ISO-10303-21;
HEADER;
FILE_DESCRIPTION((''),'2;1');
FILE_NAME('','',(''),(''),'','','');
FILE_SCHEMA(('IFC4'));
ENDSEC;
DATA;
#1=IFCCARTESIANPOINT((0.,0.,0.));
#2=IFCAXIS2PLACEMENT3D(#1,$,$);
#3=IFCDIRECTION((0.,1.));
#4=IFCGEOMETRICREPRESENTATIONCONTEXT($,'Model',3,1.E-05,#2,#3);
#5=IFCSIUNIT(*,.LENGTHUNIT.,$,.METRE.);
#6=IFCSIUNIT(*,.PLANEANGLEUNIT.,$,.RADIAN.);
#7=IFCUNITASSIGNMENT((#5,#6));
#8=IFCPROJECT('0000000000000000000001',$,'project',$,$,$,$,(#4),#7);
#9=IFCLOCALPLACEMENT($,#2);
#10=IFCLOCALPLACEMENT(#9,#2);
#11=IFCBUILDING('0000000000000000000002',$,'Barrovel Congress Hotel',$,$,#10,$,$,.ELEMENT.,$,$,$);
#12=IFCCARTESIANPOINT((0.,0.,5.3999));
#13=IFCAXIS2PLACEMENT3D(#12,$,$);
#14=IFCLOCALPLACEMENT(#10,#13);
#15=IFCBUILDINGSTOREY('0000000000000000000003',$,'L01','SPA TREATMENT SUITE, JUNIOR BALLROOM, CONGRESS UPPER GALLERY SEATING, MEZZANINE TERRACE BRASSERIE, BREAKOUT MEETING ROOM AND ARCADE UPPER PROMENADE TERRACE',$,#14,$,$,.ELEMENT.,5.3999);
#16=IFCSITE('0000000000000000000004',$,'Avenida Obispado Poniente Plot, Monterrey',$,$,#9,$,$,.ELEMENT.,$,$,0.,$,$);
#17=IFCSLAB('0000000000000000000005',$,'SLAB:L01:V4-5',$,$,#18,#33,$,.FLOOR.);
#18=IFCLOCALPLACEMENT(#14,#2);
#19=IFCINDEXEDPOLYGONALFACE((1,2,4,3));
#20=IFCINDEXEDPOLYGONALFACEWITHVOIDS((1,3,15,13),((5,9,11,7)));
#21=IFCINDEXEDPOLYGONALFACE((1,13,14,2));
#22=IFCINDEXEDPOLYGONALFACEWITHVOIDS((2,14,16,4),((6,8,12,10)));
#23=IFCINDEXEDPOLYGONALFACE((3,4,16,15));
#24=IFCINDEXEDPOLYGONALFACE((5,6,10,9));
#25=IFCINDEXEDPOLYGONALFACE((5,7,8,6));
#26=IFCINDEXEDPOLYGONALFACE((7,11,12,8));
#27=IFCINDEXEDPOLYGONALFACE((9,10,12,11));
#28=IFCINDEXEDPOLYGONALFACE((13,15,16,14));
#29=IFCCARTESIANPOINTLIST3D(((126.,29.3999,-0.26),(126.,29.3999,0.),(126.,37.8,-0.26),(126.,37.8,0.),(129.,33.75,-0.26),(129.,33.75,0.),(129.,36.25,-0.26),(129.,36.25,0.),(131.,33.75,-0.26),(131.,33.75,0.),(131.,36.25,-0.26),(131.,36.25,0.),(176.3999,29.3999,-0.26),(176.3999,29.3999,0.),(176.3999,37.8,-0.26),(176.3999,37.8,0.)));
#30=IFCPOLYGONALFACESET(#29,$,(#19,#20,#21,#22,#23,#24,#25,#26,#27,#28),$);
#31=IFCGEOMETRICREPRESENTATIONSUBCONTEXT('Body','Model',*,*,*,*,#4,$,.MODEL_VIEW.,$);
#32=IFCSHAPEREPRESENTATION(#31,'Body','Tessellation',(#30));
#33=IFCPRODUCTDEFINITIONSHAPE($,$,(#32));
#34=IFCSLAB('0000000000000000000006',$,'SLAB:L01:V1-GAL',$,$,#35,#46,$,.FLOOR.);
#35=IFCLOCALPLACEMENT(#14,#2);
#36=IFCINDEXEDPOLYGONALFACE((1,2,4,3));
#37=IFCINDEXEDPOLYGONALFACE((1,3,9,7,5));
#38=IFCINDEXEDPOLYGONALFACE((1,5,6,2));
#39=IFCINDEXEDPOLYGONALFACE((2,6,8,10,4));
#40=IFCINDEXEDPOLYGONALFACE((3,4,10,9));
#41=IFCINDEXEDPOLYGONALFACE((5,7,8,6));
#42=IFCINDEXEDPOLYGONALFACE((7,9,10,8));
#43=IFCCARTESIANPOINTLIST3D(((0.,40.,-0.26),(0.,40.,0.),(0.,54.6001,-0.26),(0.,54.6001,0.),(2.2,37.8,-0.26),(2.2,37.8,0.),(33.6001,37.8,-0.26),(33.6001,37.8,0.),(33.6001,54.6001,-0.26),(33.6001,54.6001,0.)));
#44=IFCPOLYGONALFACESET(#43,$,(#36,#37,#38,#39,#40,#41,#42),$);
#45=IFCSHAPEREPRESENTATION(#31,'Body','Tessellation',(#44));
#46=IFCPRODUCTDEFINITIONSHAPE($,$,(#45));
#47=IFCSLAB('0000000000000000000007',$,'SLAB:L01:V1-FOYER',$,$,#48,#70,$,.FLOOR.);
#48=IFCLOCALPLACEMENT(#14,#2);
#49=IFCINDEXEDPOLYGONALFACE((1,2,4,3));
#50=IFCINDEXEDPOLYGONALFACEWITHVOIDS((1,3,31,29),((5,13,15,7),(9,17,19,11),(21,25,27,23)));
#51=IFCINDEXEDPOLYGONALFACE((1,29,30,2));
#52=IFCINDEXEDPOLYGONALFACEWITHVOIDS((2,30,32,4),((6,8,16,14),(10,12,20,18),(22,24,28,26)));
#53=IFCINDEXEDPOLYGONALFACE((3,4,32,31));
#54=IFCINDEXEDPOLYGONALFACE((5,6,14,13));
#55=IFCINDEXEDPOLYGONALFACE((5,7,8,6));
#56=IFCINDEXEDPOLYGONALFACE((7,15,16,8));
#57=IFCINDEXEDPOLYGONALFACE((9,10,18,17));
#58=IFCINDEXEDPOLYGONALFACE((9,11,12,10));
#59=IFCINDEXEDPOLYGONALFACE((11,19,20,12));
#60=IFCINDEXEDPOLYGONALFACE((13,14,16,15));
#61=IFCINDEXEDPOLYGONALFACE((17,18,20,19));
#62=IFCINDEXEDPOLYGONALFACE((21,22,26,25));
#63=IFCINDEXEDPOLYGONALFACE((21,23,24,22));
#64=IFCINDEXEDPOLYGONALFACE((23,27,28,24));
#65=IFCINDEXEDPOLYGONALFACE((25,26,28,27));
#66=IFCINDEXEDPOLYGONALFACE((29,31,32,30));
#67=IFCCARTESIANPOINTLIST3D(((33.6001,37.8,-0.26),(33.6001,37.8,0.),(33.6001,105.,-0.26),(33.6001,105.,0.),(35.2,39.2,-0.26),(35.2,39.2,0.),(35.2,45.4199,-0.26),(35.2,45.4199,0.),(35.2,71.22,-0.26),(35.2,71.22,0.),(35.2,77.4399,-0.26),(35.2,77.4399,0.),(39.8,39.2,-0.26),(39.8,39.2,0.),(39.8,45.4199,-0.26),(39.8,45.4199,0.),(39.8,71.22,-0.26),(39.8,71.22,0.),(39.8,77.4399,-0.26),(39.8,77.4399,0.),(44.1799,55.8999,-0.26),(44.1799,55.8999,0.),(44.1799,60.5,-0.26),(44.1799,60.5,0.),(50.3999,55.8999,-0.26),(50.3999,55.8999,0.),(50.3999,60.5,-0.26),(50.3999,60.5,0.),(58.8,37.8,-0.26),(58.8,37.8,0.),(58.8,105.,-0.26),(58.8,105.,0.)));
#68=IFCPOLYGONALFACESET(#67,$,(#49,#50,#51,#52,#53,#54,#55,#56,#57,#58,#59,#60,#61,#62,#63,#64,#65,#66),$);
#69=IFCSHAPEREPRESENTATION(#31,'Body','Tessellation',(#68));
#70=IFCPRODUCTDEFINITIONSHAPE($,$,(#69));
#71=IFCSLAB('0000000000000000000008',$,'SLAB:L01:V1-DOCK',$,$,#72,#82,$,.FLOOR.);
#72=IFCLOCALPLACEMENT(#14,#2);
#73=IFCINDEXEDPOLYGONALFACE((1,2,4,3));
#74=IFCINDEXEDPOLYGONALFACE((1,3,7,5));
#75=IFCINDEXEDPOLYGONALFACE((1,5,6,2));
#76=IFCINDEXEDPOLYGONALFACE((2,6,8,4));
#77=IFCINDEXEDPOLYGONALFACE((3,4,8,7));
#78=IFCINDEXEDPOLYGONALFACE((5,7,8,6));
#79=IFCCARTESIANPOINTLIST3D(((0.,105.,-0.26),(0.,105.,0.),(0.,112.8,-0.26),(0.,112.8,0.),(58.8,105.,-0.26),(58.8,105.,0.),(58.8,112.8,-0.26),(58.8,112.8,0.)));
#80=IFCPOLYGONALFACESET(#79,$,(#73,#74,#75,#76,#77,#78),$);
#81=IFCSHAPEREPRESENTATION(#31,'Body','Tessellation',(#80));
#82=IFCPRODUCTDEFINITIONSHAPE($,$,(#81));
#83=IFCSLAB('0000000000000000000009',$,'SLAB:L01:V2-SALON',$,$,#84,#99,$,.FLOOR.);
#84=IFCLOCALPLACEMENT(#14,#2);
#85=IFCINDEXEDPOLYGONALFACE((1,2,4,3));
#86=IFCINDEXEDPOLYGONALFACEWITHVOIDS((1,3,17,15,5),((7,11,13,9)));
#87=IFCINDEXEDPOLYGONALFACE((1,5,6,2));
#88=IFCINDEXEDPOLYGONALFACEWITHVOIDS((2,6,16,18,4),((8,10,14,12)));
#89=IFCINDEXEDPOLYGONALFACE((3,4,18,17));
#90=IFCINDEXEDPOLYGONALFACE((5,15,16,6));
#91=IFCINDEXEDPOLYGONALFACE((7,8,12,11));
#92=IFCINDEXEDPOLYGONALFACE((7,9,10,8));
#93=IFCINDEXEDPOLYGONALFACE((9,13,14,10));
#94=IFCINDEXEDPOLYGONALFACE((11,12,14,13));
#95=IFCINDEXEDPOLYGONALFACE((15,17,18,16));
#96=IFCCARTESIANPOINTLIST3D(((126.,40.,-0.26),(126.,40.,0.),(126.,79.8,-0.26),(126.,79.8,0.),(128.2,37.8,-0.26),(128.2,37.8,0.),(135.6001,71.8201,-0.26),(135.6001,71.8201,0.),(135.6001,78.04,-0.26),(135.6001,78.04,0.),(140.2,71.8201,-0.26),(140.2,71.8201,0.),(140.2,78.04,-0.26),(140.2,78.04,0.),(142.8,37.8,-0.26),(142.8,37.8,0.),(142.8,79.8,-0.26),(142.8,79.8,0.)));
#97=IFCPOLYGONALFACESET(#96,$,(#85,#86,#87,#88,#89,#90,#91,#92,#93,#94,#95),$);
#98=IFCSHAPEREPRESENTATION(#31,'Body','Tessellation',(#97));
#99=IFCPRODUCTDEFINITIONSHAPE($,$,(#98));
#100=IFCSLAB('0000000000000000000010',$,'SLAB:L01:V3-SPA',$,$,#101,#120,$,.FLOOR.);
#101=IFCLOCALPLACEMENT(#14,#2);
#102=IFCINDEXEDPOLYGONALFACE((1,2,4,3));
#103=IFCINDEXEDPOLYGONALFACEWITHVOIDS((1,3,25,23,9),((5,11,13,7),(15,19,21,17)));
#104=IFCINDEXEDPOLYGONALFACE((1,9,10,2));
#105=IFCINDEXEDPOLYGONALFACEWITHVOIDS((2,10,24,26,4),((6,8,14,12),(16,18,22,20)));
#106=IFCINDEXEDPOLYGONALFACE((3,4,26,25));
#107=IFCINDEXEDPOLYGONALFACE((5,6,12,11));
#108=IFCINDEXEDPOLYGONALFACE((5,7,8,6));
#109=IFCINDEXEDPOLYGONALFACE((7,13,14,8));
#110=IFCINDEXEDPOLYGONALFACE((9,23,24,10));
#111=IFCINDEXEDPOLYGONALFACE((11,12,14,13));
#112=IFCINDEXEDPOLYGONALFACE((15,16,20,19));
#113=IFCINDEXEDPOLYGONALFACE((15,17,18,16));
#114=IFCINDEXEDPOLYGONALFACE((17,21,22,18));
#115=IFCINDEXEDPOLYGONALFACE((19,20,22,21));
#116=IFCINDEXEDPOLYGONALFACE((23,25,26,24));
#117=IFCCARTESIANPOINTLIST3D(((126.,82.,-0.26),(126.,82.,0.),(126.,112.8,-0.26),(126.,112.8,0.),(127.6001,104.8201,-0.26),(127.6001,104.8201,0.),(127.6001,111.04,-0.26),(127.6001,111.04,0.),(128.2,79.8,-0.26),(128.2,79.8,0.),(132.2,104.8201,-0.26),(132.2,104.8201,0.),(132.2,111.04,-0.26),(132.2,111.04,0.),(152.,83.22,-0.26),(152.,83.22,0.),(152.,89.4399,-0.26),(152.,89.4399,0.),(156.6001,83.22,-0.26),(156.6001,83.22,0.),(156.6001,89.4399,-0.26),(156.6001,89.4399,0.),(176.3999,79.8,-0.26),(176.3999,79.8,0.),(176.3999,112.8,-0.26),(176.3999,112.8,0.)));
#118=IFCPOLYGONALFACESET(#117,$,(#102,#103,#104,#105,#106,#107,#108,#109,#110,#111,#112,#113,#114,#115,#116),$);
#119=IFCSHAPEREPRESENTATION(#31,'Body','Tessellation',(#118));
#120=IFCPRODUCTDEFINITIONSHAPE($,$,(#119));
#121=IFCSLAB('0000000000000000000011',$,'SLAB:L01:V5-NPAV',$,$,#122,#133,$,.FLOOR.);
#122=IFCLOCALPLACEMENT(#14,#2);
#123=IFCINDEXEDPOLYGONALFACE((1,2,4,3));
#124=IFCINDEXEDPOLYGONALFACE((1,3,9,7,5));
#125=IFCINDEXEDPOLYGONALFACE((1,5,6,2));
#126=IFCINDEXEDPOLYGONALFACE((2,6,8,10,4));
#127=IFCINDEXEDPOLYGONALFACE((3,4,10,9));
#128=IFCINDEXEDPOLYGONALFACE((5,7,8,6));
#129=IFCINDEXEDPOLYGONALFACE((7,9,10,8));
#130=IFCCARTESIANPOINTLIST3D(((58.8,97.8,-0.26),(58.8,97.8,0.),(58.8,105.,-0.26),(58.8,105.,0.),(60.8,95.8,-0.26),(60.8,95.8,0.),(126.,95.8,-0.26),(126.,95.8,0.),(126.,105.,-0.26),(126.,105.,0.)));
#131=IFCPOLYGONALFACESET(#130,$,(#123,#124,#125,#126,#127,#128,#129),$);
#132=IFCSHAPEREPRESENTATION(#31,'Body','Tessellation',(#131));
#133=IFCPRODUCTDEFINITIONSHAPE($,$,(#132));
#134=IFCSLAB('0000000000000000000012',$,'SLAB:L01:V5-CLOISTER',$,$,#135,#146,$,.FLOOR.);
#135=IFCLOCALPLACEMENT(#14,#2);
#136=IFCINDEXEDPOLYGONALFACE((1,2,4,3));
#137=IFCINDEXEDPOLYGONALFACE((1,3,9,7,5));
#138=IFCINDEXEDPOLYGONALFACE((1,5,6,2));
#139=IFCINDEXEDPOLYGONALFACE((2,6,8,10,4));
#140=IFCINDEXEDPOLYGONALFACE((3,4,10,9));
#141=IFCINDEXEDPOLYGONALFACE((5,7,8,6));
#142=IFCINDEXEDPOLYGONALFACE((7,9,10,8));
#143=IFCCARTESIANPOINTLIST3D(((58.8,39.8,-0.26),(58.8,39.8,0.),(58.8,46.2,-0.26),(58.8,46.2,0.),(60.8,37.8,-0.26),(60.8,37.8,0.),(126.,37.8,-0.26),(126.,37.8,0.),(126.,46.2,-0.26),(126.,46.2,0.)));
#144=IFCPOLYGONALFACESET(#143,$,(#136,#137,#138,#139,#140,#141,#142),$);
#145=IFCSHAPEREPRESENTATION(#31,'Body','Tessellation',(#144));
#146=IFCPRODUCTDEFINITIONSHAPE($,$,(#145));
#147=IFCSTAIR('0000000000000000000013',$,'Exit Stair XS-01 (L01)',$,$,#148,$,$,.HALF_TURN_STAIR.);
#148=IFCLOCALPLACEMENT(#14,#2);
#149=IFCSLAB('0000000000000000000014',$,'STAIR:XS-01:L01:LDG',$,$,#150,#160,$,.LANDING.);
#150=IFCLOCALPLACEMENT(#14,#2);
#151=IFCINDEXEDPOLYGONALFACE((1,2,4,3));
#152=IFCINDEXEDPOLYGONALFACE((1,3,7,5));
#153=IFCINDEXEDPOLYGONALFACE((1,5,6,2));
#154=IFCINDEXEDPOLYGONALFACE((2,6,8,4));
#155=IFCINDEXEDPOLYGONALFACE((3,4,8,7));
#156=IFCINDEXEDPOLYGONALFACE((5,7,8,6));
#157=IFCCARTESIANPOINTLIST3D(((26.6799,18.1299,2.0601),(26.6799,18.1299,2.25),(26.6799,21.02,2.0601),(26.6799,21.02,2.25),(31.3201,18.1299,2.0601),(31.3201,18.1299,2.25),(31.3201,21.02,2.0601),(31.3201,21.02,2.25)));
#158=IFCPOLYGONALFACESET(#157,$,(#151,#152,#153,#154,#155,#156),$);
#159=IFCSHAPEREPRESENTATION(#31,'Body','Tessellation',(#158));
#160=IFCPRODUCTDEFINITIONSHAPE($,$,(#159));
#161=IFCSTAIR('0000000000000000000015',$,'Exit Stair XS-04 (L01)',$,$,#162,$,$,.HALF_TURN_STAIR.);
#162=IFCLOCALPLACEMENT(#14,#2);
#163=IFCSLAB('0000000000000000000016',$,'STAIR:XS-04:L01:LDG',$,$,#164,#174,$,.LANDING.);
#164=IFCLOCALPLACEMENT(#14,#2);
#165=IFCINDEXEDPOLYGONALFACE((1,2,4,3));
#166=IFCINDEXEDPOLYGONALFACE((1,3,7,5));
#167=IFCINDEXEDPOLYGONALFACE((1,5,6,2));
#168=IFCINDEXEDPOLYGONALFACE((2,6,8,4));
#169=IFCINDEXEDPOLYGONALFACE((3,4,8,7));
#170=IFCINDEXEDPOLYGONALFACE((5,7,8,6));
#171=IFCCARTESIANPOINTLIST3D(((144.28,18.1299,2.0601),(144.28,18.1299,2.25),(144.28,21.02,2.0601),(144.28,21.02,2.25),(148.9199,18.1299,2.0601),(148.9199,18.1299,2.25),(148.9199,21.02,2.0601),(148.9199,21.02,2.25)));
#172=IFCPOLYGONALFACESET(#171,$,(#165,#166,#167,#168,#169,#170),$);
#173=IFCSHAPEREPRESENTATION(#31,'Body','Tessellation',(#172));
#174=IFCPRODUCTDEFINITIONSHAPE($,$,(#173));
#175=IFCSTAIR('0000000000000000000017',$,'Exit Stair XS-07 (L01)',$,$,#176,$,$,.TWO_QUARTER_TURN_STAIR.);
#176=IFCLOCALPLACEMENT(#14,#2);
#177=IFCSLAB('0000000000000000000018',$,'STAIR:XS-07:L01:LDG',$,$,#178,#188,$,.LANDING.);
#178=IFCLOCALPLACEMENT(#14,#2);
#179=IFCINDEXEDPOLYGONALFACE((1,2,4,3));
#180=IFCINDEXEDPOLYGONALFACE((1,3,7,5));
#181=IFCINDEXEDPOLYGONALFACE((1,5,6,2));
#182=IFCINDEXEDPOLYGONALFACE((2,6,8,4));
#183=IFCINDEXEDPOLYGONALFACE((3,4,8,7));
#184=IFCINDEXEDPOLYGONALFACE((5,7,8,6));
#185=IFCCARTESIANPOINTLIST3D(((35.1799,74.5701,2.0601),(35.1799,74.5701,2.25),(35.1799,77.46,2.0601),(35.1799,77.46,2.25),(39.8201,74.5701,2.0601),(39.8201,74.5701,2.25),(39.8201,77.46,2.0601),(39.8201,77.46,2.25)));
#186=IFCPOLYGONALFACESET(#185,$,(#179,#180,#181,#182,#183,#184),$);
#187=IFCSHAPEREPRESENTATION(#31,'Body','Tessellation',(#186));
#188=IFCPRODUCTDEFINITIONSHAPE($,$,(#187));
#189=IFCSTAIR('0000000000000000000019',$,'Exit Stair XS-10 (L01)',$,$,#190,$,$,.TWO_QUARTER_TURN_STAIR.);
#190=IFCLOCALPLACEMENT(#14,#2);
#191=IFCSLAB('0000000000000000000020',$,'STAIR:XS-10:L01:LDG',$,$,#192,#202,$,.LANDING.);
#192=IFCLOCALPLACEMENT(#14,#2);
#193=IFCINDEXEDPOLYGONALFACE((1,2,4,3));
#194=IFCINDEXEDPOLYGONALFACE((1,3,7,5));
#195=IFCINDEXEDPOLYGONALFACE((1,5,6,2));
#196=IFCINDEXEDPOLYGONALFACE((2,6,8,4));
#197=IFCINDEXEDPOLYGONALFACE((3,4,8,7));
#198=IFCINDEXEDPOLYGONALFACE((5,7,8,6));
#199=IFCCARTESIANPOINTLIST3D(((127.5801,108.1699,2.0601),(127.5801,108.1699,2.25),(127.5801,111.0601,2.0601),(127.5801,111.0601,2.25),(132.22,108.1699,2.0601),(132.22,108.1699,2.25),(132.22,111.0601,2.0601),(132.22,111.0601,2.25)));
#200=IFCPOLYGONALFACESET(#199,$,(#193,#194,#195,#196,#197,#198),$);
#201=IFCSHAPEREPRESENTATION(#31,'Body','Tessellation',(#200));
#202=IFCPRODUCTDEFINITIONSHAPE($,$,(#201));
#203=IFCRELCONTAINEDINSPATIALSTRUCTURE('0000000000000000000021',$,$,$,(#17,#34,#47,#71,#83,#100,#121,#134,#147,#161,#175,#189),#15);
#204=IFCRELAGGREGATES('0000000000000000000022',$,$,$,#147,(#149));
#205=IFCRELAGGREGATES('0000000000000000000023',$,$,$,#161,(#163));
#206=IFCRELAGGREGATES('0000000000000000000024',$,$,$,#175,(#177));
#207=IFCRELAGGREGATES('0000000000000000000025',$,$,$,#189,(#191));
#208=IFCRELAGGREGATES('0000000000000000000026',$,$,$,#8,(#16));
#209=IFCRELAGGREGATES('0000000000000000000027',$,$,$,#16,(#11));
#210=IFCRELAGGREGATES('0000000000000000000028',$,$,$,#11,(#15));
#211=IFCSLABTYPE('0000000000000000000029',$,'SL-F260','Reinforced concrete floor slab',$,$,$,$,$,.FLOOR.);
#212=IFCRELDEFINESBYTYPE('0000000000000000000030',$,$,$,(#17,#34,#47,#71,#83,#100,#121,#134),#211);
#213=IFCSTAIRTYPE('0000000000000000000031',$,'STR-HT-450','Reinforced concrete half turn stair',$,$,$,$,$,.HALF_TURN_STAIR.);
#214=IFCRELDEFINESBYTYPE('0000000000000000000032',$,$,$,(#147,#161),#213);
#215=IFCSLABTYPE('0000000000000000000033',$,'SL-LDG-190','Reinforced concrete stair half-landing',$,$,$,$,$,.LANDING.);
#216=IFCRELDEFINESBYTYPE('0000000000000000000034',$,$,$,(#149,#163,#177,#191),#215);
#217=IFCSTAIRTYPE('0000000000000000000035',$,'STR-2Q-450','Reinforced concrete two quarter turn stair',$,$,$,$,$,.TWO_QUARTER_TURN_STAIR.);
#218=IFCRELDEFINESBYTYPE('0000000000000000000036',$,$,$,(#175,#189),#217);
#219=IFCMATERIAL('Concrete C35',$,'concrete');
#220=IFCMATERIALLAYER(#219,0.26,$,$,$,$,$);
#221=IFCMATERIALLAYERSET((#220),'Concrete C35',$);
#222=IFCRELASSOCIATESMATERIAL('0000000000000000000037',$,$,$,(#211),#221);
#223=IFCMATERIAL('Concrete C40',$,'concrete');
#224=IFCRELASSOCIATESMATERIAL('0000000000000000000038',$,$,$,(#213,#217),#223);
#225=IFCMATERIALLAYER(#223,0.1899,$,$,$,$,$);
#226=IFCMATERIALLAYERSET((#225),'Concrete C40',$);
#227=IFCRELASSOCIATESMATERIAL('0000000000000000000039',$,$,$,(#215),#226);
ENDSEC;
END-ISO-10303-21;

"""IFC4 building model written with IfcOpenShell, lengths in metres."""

from ifc_helpers import new_model, si_unit, direction, frame, origin, place, context, subcontext, project, spatial, polyline, outline, extrude, material, layer, layer_set, type_object, element, aggregate, save


model = new_model("IFC4")

# Units and contexts
model_context = context("Model", 3, precision=1e-05, world=origin(), true_north=direction((0.0, 1.0)))
body_context = subcontext(model_context, "Body", "Model", "MODEL_VIEW")
ifc_project = project(units=[si_unit("LENGTHUNIT", "METRE"), si_unit("PLANEANGLEUNIT", "RADIAN")], contexts=[model_context])

# Site, building, storey
site_placement = place(None, origin())
site = spatial("IfcSite", under=ifc_project, at=site_placement, Name="Avenida Obispado Poniente Plot, Monterrey", CompositionType="ELEMENT", RefElevation=0.0)
building_placement = place(site_placement, origin())
building = spatial("IfcBuilding", under=site, at=building_placement, Name="Barrovel Congress Hotel", CompositionType="ELEMENT")
storey_placement = place(building_placement, frame((0.0, 0.0, 5.3999)))
storey = spatial("IfcBuildingStorey", under=building, at=storey_placement, Name="L01", Description="SPA TREATMENT SUITE, JUNIOR BALLROOM, CONGRESS UPPER GALLERY SEATING, MEZZANINE TERRACE BRASSERIE, BREAKOUT MEETING ROOM AND ARCADE UPPER PROMENADE TERRACE", CompositionType="ELEMENT", Elevation=5.3999)

# Slabs
ifc_material_1 = material(Name="Concrete C35", Category="concrete")
ifc_layer_1 = layer(ifc_material_1, 0.26)
ifc_layer_set_1 = layer_set([ifc_layer_1], Name="Concrete C35")
slab_type_1 = type_object("IfcSlabType", Name="SL-F260", Description="Reinforced concrete floor slab", PredefinedType="FLOOR", material=ifc_layer_set_1)
slab_1_placement = place(storey_placement, frame((0.0, 0.0, -0.26)))
element("IfcSlab", 1, at=slab_1_placement, inside=storey, type_object=slab_type_1, Name="SLAB:L01:V4-5", PredefinedType="FLOOR", context=body_context, shape_type="SweptSolid", body=[
    extrude(outline(polyline([(126.0, 29.3999), (176.3999, 29.3999), (176.3999, 37.8), (126.0, 37.8), (126.0, 29.3999)]), holes=[polyline([(129.0, 33.75), (129.0, 36.25), (131.0, 36.25), (131.0, 33.75), (129.0, 33.75)])]), origin(), (0.0, 0.0, 1.0), 0.26),
])
slab_2_placement = place(storey_placement, frame((0.0, 0.0, -0.26)))
element("IfcSlab", 2, at=slab_2_placement, inside=storey, type_object=slab_type_1, Name="SLAB:L01:V1-GAL", PredefinedType="FLOOR", context=body_context, shape_type="SweptSolid", body=[
    extrude(outline(polyline([(2.2, 37.8), (33.6001, 37.8), (33.6001, 54.6001), (0.0, 54.6001), (0.0, 40.0), (2.2, 37.8)])), origin(), (0.0, 0.0, 1.0), 0.26),
])
slab_3_placement = place(storey_placement, frame((0.0, 0.0, -0.26)))
element("IfcSlab", 3, at=slab_3_placement, inside=storey, type_object=slab_type_1, Name="SLAB:L01:V1-FOYER", PredefinedType="FLOOR", context=body_context, shape_type="SweptSolid", body=[
    extrude(outline(polyline([(33.6001, 37.8), (58.8, 37.8), (58.8, 105.0), (33.6001, 105.0), (33.6001, 37.8)]), holes=[polyline([(44.1799, 55.8999), (44.1799, 60.5), (50.3999, 60.5), (50.3999, 55.8999), (44.1799, 55.8999)]), polyline([(35.2, 71.22), (35.2, 77.4399), (39.8, 77.4399), (39.8, 71.22), (35.2, 71.22)]), polyline([(35.2, 39.2), (35.2, 45.4199), (39.8, 45.4199), (39.8, 39.2), (35.2, 39.2)])]), origin(), (0.0, 0.0, 1.0), 0.26),
])
slab_4_placement = place(storey_placement, frame((0.0, 0.0, -0.26)))
element("IfcSlab", 4, at=slab_4_placement, inside=storey, type_object=slab_type_1, Name="SLAB:L01:V1-DOCK", PredefinedType="FLOOR", context=body_context, shape_type="SweptSolid", body=[
    extrude(outline(polyline([(0.0, 105.0), (58.8, 105.0), (58.8, 112.8), (0.0, 112.8), (0.0, 105.0)])), origin(), (0.0, 0.0, 1.0), 0.26),
])
slab_5_placement = place(storey_placement, frame((0.0, 0.0, -0.26)))
element("IfcSlab", 5, at=slab_5_placement, inside=storey, type_object=slab_type_1, Name="SLAB:L01:V2-SALON", PredefinedType="FLOOR", context=body_context, shape_type="SweptSolid", body=[
    extrude(outline(polyline([(128.2, 37.8), (142.8, 37.8), (142.8, 79.8), (126.0, 79.8), (126.0, 40.0), (128.2, 37.8)]), holes=[polyline([(135.6001, 71.8201), (135.6001, 78.04), (140.2, 78.04), (140.2, 71.8201), (135.6001, 71.8201)])]), origin(), (0.0, 0.0, 1.0), 0.26),
])
slab_6_placement = place(storey_placement, frame((0.0, 0.0, -0.26)))
element("IfcSlab", 6, at=slab_6_placement, inside=storey, type_object=slab_type_1, Name="SLAB:L01:V3-SPA", PredefinedType="FLOOR", context=body_context, shape_type="SweptSolid", body=[
    extrude(outline(polyline([(128.2, 79.8), (176.3999, 79.8), (176.3999, 112.8), (126.0, 112.8), (126.0, 82.0), (128.2, 79.8)]), holes=[polyline([(152.0, 83.22), (152.0, 89.4399), (156.6001, 89.4399), (156.6001, 83.22), (152.0, 83.22)]), polyline([(127.6001, 104.8201), (127.6001, 111.04), (132.2, 111.04), (132.2, 104.8201), (127.6001, 104.8201)])]), origin(), (0.0, 0.0, 1.0), 0.26),
])
slab_7_placement = place(storey_placement, frame((0.0, 0.0, -0.26)))
element("IfcSlab", 7, at=slab_7_placement, inside=storey, type_object=slab_type_1, Name="SLAB:L01:V5-NPAV", PredefinedType="FLOOR", context=body_context, shape_type="SweptSolid", body=[
    extrude(outline(polyline([(60.8, 95.8), (126.0, 95.8), (126.0, 105.0), (58.8, 105.0), (58.8, 97.8), (60.8, 95.8)])), origin(), (0.0, 0.0, 1.0), 0.26),
])
slab_8_placement = place(storey_placement, frame((0.0, 0.0, -0.26)))
element("IfcSlab", 8, at=slab_8_placement, inside=storey, type_object=slab_type_1, Name="SLAB:L01:V5-CLOISTER", PredefinedType="FLOOR", context=body_context, shape_type="SweptSolid", body=[
    extrude(outline(polyline([(60.8, 37.8), (126.0, 37.8), (126.0, 46.2), (58.8, 46.2), (58.8, 39.8), (60.8, 37.8)])), origin(), (0.0, 0.0, 1.0), 0.26),
])

# Stairs, slabs
ifc_material_2 = material(Name="Concrete C40", Category="concrete")
stair_type_1 = type_object("IfcStairType", Name="STR-HT-450", Description="Reinforced concrete half turn stair", PredefinedType="HALF_TURN_STAIR", material=ifc_material_2)
stair_1_placement = place(storey_placement, origin())
stair_1 = element("IfcStair", 9, at=stair_1_placement, inside=storey, type_object=stair_type_1, Name="Exit Stair XS-01 (L01)", PredefinedType="HALF_TURN_STAIR")
ifc_layer_2 = layer(ifc_material_2, 0.1899)
ifc_layer_set_2 = layer_set([ifc_layer_2], Name="Concrete C40")
slab_type_2 = type_object("IfcSlabType", Name="SL-LDG-190", Description="Reinforced concrete stair half-landing", PredefinedType="LANDING", material=ifc_layer_set_2)
slab_9_placement = place(storey_placement, frame((0.0, 0.0, 2.0601)))
slab_9 = element("IfcSlab", 10, at=slab_9_placement, type_object=slab_type_2, Name="STAIR:XS-01:L01:LDG", PredefinedType="LANDING", context=body_context, shape_type="SweptSolid", body=[
    extrude(outline(polyline([(26.6799, 18.1299), (31.3201, 18.1299), (31.3201, 21.02), (26.6799, 21.02), (26.6799, 18.1299)])), origin(), (0.0, 0.0, 1.0), 0.1899),
])
aggregate(stair_1, [slab_9])
stair_2_placement = place(storey_placement, origin())
stair_2 = element("IfcStair", 11, at=stair_2_placement, inside=storey, type_object=stair_type_1, Name="Exit Stair XS-04 (L01)", PredefinedType="HALF_TURN_STAIR")
slab_10_placement = place(storey_placement, frame((0.0, 0.0, 2.0601)))
slab_10 = element("IfcSlab", 12, at=slab_10_placement, type_object=slab_type_2, Name="STAIR:XS-04:L01:LDG", PredefinedType="LANDING", context=body_context, shape_type="SweptSolid", body=[
    extrude(outline(polyline([(144.28, 18.1299), (148.9199, 18.1299), (148.9199, 21.02), (144.28, 21.02), (144.28, 18.1299)])), origin(), (0.0, 0.0, 1.0), 0.1899),
])
aggregate(stair_2, [slab_10])
stair_type_2 = type_object("IfcStairType", Name="STR-2Q-450", Description="Reinforced concrete two quarter turn stair", PredefinedType="TWO_QUARTER_TURN_STAIR", material=ifc_material_2)
stair_3_placement = place(storey_placement, origin())
stair_3 = element("IfcStair", 13, at=stair_3_placement, inside=storey, type_object=stair_type_2, Name="Exit Stair XS-07 (L01)", PredefinedType="TWO_QUARTER_TURN_STAIR")
slab_11_placement = place(storey_placement, frame((0.0, 0.0, 2.0601)))
slab_11 = element("IfcSlab", 14, at=slab_11_placement, type_object=slab_type_2, Name="STAIR:XS-07:L01:LDG", PredefinedType="LANDING", context=body_context, shape_type="SweptSolid", body=[
    extrude(outline(polyline([(35.1799, 74.5701), (39.8201, 74.5701), (39.8201, 77.46), (35.1799, 77.46), (35.1799, 74.5701)])), origin(), (0.0, 0.0, 1.0), 0.1899),
])
aggregate(stair_3, [slab_11])
stair_4_placement = place(storey_placement, origin())
stair_4 = element("IfcStair", 15, at=stair_4_placement, inside=storey, type_object=stair_type_2, Name="Exit Stair XS-10 (L01)", PredefinedType="TWO_QUARTER_TURN_STAIR")
slab_12_placement = place(storey_placement, frame((0.0, 0.0, 2.0601)))
slab_12 = element("IfcSlab", 16, at=slab_12_placement, type_object=slab_type_2, Name="STAIR:XS-10:L01:LDG", PredefinedType="LANDING", context=body_context, shape_type="SweptSolid", body=[
    extrude(outline(polyline([(127.5801, 108.1699), (132.22, 108.1699), (132.22, 111.0601), (127.5801, 111.0601), (127.5801, 108.1699)])), origin(), (0.0, 0.0, 1.0), 0.1899),
])
aggregate(stair_4, [slab_12])

save(model, "model.ifc")
